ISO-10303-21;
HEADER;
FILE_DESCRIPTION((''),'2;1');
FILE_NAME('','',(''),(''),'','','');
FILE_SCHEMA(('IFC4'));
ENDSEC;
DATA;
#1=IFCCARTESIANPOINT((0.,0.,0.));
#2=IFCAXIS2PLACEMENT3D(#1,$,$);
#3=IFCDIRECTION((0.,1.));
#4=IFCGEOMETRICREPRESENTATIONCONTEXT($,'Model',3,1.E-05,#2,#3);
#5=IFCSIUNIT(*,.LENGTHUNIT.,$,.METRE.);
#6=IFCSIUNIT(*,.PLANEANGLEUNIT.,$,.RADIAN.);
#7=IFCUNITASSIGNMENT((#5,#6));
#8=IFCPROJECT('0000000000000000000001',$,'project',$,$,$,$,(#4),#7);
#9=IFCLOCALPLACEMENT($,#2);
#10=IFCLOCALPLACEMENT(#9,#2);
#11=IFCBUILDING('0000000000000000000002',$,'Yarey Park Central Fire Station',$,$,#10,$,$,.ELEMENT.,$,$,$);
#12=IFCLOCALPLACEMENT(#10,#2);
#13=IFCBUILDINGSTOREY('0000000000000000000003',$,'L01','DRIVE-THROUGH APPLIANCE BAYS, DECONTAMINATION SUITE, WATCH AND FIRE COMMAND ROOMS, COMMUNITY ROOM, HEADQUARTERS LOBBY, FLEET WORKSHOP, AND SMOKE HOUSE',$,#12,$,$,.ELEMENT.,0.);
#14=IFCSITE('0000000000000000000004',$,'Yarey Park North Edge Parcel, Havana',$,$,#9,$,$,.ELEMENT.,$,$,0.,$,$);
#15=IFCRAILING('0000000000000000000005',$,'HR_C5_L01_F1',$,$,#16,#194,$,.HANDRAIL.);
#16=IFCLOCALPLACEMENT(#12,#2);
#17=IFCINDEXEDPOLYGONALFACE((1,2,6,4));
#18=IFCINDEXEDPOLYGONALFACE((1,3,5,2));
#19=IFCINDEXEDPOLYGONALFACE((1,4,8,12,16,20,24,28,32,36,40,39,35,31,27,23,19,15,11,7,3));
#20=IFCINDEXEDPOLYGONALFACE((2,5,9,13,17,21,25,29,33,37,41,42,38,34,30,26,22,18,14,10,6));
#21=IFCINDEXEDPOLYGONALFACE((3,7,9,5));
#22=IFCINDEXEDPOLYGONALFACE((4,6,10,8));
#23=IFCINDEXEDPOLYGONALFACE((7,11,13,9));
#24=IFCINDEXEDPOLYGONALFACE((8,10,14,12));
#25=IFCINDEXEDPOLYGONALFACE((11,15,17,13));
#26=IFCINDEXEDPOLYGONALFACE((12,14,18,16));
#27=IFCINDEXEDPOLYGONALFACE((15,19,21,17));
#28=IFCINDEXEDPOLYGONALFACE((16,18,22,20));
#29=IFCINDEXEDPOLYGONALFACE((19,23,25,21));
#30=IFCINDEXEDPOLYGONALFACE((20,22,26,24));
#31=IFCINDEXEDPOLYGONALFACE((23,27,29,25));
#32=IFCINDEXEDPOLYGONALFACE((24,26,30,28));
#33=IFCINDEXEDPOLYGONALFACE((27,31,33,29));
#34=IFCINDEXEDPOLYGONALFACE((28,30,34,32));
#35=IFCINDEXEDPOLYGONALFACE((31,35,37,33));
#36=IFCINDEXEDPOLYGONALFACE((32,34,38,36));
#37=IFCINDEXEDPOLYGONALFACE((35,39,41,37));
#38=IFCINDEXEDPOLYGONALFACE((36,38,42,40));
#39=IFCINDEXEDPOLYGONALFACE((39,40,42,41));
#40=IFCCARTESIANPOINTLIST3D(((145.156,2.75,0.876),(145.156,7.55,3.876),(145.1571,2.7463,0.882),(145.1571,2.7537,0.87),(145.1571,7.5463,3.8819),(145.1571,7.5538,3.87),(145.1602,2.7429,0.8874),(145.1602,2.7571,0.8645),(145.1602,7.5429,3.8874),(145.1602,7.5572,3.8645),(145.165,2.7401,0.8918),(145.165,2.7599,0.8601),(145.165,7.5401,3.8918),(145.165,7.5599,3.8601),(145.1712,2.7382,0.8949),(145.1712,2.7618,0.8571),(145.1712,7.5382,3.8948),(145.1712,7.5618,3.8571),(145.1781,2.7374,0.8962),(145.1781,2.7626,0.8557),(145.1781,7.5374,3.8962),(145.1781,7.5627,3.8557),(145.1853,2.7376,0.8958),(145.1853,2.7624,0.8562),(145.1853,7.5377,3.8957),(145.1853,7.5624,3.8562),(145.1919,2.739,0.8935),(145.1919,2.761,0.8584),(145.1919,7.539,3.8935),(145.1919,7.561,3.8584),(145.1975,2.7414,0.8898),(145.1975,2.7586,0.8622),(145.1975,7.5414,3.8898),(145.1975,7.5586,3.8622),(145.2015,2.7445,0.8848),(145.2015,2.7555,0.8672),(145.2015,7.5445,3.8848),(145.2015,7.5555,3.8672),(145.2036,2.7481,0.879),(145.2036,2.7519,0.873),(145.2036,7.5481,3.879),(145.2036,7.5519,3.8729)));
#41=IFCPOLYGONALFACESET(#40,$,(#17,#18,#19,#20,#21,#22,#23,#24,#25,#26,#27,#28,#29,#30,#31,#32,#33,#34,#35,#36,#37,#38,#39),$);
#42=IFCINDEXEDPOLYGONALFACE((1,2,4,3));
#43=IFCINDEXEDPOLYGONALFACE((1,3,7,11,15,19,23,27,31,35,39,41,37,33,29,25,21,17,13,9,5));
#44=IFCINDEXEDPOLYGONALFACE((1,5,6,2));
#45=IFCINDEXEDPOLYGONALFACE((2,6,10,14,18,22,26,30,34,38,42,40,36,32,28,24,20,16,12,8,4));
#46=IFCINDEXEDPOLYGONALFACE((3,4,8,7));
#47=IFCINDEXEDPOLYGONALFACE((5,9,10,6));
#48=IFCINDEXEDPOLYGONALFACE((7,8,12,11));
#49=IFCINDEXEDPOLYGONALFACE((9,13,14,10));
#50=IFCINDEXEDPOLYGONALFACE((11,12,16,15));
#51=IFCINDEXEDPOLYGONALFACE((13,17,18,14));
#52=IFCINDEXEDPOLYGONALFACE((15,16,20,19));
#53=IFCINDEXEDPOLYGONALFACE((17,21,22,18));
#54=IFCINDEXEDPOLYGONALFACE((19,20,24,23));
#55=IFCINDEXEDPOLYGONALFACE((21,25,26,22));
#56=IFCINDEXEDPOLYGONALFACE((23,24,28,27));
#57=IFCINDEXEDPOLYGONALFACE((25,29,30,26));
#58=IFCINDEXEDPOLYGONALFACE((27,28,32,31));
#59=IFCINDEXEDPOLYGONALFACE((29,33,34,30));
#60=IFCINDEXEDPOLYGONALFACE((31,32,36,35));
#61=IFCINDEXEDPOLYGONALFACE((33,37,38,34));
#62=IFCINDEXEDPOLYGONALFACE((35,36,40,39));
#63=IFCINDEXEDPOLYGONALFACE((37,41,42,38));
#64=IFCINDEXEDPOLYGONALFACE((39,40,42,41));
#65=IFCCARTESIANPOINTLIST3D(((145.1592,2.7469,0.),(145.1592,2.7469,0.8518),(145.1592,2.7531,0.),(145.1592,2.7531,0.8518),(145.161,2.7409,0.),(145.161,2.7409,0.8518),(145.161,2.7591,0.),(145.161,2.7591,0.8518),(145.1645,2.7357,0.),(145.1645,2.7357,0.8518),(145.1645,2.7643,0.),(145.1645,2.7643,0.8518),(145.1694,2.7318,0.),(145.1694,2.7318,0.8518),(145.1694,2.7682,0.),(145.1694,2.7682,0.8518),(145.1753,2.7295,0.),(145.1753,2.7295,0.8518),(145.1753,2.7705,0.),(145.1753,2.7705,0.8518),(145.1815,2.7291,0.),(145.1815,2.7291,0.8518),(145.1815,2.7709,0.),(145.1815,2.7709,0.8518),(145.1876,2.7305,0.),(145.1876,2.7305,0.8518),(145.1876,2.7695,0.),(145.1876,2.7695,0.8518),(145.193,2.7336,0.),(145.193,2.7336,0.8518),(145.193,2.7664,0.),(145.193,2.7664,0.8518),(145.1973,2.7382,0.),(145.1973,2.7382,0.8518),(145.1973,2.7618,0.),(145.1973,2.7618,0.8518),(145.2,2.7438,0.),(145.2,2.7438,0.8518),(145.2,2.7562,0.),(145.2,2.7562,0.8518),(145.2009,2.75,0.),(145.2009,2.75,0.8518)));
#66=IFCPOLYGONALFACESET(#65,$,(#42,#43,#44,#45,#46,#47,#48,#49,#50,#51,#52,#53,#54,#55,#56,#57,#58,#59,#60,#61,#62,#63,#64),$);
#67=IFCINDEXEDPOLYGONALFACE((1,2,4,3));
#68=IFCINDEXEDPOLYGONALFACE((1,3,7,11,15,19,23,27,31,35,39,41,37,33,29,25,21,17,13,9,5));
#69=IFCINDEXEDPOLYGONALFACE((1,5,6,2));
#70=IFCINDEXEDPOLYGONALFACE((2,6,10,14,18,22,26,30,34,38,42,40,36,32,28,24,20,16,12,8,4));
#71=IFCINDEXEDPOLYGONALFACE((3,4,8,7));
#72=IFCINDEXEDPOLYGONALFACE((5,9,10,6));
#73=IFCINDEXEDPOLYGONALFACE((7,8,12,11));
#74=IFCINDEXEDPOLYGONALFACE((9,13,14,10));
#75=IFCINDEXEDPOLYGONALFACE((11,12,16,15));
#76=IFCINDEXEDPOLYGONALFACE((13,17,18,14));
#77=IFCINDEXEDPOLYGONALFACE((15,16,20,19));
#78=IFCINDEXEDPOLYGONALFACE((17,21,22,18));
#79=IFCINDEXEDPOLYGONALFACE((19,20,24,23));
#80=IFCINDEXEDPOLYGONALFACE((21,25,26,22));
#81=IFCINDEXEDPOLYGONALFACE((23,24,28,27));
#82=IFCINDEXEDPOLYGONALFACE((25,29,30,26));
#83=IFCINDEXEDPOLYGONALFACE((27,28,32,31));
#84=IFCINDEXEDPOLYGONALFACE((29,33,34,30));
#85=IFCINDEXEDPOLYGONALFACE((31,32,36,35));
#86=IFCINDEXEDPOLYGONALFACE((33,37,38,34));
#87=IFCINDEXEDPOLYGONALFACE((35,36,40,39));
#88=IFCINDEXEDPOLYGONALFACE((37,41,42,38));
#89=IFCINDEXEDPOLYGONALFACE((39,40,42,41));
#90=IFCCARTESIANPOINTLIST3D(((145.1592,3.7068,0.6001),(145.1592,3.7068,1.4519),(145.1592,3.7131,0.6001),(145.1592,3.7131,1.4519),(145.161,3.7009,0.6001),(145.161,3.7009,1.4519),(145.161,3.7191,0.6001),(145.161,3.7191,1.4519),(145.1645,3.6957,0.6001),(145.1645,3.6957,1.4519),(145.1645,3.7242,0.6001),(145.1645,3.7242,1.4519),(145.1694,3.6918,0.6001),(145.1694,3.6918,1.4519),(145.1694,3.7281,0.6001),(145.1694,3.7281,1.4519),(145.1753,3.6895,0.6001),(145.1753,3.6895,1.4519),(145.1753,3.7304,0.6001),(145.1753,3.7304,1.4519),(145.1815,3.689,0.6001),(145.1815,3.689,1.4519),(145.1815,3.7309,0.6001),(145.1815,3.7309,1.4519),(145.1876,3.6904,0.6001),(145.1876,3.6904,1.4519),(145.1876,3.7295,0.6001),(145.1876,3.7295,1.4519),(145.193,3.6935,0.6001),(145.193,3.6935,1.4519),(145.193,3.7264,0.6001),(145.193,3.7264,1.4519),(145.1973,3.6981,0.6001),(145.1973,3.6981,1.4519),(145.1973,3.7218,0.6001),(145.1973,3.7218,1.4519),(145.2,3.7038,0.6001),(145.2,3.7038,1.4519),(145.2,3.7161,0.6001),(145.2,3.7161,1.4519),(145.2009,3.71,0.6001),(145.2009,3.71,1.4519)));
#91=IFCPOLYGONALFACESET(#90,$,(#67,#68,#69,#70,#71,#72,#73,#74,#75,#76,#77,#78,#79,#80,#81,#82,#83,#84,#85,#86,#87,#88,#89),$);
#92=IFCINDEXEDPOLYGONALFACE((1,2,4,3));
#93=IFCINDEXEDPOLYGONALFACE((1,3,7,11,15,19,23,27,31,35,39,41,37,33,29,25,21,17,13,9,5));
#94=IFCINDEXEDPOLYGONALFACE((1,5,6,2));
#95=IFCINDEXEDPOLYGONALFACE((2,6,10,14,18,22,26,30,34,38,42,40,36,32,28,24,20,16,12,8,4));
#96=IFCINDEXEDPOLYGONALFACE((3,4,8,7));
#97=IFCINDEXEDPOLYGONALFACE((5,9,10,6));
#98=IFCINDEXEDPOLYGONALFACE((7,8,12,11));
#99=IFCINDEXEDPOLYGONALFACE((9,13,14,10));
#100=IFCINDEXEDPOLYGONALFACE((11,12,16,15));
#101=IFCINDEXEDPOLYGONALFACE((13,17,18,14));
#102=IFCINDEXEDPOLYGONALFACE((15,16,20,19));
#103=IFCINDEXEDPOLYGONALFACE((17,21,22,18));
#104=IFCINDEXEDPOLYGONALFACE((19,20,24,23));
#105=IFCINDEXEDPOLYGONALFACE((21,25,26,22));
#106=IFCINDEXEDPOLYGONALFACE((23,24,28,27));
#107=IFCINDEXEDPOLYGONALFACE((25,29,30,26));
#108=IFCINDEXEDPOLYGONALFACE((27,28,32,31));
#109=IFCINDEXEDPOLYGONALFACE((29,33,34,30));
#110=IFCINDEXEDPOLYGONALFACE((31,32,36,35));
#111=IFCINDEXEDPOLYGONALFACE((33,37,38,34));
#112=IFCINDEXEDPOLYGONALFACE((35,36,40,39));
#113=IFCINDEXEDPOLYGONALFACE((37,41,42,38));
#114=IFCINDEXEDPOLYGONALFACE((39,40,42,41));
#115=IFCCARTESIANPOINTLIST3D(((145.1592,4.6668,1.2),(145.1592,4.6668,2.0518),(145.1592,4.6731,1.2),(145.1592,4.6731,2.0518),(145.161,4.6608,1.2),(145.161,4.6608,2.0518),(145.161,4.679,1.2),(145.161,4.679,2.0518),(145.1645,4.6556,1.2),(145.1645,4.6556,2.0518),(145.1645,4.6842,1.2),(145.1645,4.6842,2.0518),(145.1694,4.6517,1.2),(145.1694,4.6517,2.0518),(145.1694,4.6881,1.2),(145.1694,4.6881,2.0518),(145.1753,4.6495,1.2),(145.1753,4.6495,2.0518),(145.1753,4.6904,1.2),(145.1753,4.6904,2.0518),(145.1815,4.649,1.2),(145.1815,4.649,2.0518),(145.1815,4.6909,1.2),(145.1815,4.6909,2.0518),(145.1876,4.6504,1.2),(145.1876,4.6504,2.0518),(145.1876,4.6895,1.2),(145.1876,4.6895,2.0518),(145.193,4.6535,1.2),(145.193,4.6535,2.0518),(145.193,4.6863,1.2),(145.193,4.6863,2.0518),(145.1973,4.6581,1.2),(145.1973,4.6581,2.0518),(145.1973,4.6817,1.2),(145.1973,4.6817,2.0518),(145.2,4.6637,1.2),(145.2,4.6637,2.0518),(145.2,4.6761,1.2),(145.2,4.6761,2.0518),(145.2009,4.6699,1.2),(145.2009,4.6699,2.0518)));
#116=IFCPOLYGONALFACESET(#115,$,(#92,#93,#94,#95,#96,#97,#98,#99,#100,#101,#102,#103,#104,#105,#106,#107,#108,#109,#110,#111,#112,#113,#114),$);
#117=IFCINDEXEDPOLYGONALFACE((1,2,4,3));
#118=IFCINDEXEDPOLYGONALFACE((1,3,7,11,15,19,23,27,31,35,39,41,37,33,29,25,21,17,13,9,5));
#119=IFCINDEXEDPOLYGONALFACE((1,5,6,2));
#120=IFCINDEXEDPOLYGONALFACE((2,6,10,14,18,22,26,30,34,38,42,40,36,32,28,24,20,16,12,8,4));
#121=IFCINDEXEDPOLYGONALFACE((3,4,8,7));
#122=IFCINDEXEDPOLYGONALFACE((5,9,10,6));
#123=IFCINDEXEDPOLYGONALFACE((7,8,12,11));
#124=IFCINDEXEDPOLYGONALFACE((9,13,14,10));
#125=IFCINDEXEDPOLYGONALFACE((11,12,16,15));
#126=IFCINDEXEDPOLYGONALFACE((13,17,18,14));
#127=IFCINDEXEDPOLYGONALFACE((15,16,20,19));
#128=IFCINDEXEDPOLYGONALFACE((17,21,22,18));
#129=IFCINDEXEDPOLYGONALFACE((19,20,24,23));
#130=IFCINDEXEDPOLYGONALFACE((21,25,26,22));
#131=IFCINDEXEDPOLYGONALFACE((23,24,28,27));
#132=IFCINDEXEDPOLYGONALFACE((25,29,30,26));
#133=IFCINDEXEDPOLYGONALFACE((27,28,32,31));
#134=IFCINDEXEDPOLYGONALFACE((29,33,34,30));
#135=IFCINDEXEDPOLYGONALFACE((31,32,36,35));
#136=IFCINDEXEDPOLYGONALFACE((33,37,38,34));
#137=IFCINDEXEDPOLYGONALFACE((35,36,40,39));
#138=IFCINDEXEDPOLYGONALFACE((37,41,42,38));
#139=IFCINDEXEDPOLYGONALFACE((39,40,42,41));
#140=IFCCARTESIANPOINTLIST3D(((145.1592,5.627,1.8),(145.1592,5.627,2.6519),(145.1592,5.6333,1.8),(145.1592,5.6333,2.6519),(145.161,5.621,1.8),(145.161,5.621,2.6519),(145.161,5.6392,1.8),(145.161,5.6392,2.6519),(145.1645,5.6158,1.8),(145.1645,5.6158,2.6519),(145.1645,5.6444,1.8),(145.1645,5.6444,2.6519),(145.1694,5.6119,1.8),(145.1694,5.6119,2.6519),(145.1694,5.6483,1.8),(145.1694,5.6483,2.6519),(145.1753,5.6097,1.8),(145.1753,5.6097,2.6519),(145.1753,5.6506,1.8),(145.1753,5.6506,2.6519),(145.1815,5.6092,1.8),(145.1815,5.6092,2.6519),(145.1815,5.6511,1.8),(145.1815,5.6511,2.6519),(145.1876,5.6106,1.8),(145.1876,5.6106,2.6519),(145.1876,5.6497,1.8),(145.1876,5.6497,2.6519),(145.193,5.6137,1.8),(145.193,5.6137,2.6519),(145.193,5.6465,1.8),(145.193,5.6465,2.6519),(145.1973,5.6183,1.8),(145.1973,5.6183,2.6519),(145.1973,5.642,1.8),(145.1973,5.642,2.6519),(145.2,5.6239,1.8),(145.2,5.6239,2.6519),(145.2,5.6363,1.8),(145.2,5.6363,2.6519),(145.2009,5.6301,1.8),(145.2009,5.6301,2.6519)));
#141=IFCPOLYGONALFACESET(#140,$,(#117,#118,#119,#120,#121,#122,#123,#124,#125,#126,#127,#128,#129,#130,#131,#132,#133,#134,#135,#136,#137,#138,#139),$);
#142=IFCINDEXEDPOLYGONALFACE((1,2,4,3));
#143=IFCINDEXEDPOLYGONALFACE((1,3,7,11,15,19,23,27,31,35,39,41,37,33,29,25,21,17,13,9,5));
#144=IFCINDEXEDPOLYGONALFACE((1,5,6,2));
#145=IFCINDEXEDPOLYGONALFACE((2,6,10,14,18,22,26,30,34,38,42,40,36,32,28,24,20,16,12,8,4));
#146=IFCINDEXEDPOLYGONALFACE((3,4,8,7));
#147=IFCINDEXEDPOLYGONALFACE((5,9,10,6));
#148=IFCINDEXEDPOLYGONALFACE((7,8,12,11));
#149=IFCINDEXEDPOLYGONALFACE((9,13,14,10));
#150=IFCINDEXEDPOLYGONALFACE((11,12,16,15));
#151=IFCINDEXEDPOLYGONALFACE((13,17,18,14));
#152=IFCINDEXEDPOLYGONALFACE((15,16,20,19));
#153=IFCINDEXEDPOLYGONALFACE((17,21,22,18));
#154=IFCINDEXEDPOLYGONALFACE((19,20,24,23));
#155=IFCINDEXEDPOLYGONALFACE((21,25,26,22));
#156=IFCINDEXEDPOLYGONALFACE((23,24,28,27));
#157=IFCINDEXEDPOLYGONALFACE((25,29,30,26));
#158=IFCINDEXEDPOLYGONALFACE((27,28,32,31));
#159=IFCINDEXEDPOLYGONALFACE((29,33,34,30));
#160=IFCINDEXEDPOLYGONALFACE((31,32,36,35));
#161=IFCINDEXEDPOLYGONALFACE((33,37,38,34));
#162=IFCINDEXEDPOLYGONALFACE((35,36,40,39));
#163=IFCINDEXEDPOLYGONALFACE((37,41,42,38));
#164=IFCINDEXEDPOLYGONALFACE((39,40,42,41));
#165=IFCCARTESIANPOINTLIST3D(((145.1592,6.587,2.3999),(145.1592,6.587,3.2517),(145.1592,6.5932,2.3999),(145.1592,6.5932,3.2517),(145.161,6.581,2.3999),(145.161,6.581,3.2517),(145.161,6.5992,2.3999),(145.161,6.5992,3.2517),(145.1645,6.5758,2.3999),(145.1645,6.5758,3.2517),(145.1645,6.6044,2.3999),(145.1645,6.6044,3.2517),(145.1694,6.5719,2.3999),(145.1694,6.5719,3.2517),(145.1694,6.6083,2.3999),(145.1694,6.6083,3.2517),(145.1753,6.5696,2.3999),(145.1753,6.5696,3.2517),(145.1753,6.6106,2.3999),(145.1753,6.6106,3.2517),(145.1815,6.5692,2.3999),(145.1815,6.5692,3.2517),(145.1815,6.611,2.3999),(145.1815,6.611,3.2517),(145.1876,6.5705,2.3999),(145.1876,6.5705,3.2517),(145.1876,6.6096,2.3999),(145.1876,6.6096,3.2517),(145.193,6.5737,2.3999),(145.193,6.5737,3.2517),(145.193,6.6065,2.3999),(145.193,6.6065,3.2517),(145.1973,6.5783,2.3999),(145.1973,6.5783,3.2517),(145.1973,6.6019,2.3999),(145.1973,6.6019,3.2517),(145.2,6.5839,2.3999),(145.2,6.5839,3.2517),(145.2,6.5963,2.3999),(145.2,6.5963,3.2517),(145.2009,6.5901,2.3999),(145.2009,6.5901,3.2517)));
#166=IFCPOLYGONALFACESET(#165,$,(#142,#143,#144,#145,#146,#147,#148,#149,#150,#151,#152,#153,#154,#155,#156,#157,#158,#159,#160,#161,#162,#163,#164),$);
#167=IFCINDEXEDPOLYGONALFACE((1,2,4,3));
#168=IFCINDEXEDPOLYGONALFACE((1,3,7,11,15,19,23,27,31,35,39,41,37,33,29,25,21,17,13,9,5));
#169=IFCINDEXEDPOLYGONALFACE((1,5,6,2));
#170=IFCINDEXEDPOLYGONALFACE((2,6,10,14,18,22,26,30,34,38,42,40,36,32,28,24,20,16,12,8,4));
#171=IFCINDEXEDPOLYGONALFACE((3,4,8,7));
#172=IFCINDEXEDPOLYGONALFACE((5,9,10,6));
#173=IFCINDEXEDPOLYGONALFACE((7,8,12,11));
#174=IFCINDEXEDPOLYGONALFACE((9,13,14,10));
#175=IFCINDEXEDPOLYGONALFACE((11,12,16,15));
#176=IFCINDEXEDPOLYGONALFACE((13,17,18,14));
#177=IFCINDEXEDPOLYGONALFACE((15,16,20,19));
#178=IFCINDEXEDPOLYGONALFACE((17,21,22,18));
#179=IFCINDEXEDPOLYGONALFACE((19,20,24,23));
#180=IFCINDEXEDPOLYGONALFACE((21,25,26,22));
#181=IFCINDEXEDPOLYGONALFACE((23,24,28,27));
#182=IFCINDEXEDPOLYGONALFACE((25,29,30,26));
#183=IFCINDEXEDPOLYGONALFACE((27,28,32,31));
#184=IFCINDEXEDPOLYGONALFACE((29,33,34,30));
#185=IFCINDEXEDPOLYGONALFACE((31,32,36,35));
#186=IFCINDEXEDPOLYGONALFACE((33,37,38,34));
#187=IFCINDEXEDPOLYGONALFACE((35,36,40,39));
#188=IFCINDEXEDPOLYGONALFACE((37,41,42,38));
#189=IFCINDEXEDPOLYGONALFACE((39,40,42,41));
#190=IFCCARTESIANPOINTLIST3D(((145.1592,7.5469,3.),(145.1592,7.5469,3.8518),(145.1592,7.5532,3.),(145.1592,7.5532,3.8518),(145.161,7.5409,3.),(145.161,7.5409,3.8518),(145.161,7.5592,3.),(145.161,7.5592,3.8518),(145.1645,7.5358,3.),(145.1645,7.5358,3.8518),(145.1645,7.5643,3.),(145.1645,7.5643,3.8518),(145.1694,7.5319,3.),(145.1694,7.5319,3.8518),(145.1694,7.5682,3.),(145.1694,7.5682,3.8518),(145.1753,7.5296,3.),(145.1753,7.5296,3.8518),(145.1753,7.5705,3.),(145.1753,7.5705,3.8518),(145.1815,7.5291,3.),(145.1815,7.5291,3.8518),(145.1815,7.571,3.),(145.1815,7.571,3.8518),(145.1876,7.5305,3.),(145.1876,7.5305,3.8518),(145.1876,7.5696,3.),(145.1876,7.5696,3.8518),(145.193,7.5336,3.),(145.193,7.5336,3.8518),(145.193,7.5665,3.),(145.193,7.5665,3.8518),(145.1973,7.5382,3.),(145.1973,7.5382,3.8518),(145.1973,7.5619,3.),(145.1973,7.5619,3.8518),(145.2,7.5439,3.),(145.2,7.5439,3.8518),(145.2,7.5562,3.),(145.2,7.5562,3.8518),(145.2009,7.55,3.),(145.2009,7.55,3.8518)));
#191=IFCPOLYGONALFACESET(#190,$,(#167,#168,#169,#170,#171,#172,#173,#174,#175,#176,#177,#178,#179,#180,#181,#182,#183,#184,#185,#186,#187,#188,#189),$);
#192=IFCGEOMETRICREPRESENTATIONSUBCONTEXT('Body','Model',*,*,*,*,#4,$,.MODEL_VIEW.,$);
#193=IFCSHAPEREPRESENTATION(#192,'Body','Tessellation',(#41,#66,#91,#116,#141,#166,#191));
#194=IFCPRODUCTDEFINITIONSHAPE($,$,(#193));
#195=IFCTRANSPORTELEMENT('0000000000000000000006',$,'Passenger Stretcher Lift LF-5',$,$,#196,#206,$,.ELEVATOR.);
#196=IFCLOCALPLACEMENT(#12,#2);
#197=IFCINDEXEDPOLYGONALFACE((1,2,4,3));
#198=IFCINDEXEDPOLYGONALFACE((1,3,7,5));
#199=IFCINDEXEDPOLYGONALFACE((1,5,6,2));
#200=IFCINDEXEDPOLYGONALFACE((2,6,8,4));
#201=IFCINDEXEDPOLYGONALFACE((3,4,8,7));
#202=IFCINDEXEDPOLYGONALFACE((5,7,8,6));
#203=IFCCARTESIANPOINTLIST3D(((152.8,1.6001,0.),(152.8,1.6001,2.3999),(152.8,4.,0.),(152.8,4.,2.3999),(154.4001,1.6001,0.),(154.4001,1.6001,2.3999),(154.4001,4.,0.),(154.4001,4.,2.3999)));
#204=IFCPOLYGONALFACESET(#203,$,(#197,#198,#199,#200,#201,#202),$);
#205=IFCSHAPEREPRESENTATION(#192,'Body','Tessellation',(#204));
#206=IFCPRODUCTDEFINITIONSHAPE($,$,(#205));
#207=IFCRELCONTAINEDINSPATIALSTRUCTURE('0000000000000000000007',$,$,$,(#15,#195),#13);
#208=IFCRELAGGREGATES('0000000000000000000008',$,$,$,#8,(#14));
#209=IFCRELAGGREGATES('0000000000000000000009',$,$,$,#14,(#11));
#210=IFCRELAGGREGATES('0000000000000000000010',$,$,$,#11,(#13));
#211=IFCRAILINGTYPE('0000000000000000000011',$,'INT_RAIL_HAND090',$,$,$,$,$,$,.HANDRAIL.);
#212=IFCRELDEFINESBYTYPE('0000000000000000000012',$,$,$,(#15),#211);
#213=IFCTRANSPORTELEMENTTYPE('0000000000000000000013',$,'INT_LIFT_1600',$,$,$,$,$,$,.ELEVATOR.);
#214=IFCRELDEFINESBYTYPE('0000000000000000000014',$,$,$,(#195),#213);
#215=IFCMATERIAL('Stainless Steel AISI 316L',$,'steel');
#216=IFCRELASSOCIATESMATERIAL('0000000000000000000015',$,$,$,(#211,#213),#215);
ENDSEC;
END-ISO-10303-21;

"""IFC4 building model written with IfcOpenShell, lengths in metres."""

from ifc_helpers import new_model, si_unit, direction, frame, origin, origin_2d, place, context, subcontext, project, spatial, rectangle, circle, extrude, material, type_object, element, save


model = new_model("IFC4")

# Units and contexts
model_context = context("Model", 3, precision=1e-05, world=origin(), true_north=direction((0.0, 1.0)))
body_context = subcontext(model_context, "Body", "Model", "MODEL_VIEW")
ifc_project = project(units=[si_unit("LENGTHUNIT", "METRE"), si_unit("PLANEANGLEUNIT", "RADIAN")], contexts=[model_context])

# Site, building, storey
site_placement = place(None, origin())
site = spatial("IfcSite", under=ifc_project, at=site_placement, Name="Yarey Park North Edge Parcel, Havana", CompositionType="ELEMENT", RefElevation=0.0)
building_placement = place(site_placement, origin())
building = spatial("IfcBuilding", under=site, at=building_placement, Name="Yarey Park Central Fire Station", CompositionType="ELEMENT")
storey_placement = place(building_placement, origin())
storey = spatial("IfcBuildingStorey", under=building, at=storey_placement, Name="L01", Description="DRIVE-THROUGH APPLIANCE BAYS, DECONTAMINATION SUITE, WATCH AND FIRE COMMAND ROOMS, COMMUNITY ROOM, HEADQUARTERS LOBBY, FLEET WORKSHOP, AND SMOKE HOUSE", CompositionType="ELEMENT", Elevation=0.0)

# Railing
ifc_material_1 = material(Name="Stainless Steel AISI 316L", Category="steel")
railing_type_1 = type_object("IfcRailingType", Name="INT_RAIL_HAND090", PredefinedType="HANDRAIL", material=ifc_material_1)
railing_1_placement = place(storey_placement, frame((145.1799, 2.75, 0.0)))
element("IfcRailing", 1, at=railing_1_placement, inside=storey, type_object=railing_type_1, Name="HR_C5_L01_F1", PredefinedType="HANDRAIL", context=body_context, shape_type="SweptSolid", body=[
    extrude(circle(Radius=0.0239, at=origin_2d()), frame((0.0, 0.0, 0.876), z_axis=(0.0, 0.848001, 0.529995), x_axis=(-1.0, 0.0, 0.0)), (0.0, 0.0, 1.0), 5.6604),
    extrude(circle(Radius=0.021, at=origin_2d()), origin(), (0.0, 0.0, 1.0), 0.8518),
    extrude(circle(Radius=0.021, at=origin_2d()), frame((0.0, 0.96, 0.6001)), (0.0, 0.0, 1.0), 0.8518),
    extrude(circle(Radius=0.021, at=origin_2d()), frame((0.0, 1.9199, 1.2)), (0.0, 0.0, 1.0), 0.8518),
    extrude(circle(Radius=0.021, at=origin_2d()), frame((0.0, 2.8801, 1.8)), (0.0, 0.0, 1.0), 0.8518),
    extrude(circle(Radius=0.021, at=origin_2d()), frame((0.0, 3.8401, 2.3999)), (0.0, 0.0, 1.0), 0.8518),
    extrude(circle(Radius=0.021, at=origin_2d()), frame((0.0, 4.8, 3.0)), (0.0, 0.0, 1.0), 0.8518),
])

# Transport element
transport_element_type = type_object("IfcTransportElementType", Name="INT_LIFT_1600", PredefinedType="ELEVATOR", material=ifc_material_1)
transport_element_placement = place(storey_placement, frame((153.6001, 2.8, 0.0), z_axis=(0.0, 0.0, 1.0), x_axis=(1.0, 0.0, 0.0)))
element("IfcTransportElement", 2, at=transport_element_placement, inside=storey, type_object=transport_element_type, Name="Passenger Stretcher Lift LF-5", PredefinedType="ELEVATOR", context=body_context, shape_type="SweptSolid", body=[
    extrude(rectangle(XDim=1.6001, YDim=2.3999, at=origin_2d()), origin(), (0.0, 0.0, 1.0), 2.3999),
])

save(model, "model.ifc")
